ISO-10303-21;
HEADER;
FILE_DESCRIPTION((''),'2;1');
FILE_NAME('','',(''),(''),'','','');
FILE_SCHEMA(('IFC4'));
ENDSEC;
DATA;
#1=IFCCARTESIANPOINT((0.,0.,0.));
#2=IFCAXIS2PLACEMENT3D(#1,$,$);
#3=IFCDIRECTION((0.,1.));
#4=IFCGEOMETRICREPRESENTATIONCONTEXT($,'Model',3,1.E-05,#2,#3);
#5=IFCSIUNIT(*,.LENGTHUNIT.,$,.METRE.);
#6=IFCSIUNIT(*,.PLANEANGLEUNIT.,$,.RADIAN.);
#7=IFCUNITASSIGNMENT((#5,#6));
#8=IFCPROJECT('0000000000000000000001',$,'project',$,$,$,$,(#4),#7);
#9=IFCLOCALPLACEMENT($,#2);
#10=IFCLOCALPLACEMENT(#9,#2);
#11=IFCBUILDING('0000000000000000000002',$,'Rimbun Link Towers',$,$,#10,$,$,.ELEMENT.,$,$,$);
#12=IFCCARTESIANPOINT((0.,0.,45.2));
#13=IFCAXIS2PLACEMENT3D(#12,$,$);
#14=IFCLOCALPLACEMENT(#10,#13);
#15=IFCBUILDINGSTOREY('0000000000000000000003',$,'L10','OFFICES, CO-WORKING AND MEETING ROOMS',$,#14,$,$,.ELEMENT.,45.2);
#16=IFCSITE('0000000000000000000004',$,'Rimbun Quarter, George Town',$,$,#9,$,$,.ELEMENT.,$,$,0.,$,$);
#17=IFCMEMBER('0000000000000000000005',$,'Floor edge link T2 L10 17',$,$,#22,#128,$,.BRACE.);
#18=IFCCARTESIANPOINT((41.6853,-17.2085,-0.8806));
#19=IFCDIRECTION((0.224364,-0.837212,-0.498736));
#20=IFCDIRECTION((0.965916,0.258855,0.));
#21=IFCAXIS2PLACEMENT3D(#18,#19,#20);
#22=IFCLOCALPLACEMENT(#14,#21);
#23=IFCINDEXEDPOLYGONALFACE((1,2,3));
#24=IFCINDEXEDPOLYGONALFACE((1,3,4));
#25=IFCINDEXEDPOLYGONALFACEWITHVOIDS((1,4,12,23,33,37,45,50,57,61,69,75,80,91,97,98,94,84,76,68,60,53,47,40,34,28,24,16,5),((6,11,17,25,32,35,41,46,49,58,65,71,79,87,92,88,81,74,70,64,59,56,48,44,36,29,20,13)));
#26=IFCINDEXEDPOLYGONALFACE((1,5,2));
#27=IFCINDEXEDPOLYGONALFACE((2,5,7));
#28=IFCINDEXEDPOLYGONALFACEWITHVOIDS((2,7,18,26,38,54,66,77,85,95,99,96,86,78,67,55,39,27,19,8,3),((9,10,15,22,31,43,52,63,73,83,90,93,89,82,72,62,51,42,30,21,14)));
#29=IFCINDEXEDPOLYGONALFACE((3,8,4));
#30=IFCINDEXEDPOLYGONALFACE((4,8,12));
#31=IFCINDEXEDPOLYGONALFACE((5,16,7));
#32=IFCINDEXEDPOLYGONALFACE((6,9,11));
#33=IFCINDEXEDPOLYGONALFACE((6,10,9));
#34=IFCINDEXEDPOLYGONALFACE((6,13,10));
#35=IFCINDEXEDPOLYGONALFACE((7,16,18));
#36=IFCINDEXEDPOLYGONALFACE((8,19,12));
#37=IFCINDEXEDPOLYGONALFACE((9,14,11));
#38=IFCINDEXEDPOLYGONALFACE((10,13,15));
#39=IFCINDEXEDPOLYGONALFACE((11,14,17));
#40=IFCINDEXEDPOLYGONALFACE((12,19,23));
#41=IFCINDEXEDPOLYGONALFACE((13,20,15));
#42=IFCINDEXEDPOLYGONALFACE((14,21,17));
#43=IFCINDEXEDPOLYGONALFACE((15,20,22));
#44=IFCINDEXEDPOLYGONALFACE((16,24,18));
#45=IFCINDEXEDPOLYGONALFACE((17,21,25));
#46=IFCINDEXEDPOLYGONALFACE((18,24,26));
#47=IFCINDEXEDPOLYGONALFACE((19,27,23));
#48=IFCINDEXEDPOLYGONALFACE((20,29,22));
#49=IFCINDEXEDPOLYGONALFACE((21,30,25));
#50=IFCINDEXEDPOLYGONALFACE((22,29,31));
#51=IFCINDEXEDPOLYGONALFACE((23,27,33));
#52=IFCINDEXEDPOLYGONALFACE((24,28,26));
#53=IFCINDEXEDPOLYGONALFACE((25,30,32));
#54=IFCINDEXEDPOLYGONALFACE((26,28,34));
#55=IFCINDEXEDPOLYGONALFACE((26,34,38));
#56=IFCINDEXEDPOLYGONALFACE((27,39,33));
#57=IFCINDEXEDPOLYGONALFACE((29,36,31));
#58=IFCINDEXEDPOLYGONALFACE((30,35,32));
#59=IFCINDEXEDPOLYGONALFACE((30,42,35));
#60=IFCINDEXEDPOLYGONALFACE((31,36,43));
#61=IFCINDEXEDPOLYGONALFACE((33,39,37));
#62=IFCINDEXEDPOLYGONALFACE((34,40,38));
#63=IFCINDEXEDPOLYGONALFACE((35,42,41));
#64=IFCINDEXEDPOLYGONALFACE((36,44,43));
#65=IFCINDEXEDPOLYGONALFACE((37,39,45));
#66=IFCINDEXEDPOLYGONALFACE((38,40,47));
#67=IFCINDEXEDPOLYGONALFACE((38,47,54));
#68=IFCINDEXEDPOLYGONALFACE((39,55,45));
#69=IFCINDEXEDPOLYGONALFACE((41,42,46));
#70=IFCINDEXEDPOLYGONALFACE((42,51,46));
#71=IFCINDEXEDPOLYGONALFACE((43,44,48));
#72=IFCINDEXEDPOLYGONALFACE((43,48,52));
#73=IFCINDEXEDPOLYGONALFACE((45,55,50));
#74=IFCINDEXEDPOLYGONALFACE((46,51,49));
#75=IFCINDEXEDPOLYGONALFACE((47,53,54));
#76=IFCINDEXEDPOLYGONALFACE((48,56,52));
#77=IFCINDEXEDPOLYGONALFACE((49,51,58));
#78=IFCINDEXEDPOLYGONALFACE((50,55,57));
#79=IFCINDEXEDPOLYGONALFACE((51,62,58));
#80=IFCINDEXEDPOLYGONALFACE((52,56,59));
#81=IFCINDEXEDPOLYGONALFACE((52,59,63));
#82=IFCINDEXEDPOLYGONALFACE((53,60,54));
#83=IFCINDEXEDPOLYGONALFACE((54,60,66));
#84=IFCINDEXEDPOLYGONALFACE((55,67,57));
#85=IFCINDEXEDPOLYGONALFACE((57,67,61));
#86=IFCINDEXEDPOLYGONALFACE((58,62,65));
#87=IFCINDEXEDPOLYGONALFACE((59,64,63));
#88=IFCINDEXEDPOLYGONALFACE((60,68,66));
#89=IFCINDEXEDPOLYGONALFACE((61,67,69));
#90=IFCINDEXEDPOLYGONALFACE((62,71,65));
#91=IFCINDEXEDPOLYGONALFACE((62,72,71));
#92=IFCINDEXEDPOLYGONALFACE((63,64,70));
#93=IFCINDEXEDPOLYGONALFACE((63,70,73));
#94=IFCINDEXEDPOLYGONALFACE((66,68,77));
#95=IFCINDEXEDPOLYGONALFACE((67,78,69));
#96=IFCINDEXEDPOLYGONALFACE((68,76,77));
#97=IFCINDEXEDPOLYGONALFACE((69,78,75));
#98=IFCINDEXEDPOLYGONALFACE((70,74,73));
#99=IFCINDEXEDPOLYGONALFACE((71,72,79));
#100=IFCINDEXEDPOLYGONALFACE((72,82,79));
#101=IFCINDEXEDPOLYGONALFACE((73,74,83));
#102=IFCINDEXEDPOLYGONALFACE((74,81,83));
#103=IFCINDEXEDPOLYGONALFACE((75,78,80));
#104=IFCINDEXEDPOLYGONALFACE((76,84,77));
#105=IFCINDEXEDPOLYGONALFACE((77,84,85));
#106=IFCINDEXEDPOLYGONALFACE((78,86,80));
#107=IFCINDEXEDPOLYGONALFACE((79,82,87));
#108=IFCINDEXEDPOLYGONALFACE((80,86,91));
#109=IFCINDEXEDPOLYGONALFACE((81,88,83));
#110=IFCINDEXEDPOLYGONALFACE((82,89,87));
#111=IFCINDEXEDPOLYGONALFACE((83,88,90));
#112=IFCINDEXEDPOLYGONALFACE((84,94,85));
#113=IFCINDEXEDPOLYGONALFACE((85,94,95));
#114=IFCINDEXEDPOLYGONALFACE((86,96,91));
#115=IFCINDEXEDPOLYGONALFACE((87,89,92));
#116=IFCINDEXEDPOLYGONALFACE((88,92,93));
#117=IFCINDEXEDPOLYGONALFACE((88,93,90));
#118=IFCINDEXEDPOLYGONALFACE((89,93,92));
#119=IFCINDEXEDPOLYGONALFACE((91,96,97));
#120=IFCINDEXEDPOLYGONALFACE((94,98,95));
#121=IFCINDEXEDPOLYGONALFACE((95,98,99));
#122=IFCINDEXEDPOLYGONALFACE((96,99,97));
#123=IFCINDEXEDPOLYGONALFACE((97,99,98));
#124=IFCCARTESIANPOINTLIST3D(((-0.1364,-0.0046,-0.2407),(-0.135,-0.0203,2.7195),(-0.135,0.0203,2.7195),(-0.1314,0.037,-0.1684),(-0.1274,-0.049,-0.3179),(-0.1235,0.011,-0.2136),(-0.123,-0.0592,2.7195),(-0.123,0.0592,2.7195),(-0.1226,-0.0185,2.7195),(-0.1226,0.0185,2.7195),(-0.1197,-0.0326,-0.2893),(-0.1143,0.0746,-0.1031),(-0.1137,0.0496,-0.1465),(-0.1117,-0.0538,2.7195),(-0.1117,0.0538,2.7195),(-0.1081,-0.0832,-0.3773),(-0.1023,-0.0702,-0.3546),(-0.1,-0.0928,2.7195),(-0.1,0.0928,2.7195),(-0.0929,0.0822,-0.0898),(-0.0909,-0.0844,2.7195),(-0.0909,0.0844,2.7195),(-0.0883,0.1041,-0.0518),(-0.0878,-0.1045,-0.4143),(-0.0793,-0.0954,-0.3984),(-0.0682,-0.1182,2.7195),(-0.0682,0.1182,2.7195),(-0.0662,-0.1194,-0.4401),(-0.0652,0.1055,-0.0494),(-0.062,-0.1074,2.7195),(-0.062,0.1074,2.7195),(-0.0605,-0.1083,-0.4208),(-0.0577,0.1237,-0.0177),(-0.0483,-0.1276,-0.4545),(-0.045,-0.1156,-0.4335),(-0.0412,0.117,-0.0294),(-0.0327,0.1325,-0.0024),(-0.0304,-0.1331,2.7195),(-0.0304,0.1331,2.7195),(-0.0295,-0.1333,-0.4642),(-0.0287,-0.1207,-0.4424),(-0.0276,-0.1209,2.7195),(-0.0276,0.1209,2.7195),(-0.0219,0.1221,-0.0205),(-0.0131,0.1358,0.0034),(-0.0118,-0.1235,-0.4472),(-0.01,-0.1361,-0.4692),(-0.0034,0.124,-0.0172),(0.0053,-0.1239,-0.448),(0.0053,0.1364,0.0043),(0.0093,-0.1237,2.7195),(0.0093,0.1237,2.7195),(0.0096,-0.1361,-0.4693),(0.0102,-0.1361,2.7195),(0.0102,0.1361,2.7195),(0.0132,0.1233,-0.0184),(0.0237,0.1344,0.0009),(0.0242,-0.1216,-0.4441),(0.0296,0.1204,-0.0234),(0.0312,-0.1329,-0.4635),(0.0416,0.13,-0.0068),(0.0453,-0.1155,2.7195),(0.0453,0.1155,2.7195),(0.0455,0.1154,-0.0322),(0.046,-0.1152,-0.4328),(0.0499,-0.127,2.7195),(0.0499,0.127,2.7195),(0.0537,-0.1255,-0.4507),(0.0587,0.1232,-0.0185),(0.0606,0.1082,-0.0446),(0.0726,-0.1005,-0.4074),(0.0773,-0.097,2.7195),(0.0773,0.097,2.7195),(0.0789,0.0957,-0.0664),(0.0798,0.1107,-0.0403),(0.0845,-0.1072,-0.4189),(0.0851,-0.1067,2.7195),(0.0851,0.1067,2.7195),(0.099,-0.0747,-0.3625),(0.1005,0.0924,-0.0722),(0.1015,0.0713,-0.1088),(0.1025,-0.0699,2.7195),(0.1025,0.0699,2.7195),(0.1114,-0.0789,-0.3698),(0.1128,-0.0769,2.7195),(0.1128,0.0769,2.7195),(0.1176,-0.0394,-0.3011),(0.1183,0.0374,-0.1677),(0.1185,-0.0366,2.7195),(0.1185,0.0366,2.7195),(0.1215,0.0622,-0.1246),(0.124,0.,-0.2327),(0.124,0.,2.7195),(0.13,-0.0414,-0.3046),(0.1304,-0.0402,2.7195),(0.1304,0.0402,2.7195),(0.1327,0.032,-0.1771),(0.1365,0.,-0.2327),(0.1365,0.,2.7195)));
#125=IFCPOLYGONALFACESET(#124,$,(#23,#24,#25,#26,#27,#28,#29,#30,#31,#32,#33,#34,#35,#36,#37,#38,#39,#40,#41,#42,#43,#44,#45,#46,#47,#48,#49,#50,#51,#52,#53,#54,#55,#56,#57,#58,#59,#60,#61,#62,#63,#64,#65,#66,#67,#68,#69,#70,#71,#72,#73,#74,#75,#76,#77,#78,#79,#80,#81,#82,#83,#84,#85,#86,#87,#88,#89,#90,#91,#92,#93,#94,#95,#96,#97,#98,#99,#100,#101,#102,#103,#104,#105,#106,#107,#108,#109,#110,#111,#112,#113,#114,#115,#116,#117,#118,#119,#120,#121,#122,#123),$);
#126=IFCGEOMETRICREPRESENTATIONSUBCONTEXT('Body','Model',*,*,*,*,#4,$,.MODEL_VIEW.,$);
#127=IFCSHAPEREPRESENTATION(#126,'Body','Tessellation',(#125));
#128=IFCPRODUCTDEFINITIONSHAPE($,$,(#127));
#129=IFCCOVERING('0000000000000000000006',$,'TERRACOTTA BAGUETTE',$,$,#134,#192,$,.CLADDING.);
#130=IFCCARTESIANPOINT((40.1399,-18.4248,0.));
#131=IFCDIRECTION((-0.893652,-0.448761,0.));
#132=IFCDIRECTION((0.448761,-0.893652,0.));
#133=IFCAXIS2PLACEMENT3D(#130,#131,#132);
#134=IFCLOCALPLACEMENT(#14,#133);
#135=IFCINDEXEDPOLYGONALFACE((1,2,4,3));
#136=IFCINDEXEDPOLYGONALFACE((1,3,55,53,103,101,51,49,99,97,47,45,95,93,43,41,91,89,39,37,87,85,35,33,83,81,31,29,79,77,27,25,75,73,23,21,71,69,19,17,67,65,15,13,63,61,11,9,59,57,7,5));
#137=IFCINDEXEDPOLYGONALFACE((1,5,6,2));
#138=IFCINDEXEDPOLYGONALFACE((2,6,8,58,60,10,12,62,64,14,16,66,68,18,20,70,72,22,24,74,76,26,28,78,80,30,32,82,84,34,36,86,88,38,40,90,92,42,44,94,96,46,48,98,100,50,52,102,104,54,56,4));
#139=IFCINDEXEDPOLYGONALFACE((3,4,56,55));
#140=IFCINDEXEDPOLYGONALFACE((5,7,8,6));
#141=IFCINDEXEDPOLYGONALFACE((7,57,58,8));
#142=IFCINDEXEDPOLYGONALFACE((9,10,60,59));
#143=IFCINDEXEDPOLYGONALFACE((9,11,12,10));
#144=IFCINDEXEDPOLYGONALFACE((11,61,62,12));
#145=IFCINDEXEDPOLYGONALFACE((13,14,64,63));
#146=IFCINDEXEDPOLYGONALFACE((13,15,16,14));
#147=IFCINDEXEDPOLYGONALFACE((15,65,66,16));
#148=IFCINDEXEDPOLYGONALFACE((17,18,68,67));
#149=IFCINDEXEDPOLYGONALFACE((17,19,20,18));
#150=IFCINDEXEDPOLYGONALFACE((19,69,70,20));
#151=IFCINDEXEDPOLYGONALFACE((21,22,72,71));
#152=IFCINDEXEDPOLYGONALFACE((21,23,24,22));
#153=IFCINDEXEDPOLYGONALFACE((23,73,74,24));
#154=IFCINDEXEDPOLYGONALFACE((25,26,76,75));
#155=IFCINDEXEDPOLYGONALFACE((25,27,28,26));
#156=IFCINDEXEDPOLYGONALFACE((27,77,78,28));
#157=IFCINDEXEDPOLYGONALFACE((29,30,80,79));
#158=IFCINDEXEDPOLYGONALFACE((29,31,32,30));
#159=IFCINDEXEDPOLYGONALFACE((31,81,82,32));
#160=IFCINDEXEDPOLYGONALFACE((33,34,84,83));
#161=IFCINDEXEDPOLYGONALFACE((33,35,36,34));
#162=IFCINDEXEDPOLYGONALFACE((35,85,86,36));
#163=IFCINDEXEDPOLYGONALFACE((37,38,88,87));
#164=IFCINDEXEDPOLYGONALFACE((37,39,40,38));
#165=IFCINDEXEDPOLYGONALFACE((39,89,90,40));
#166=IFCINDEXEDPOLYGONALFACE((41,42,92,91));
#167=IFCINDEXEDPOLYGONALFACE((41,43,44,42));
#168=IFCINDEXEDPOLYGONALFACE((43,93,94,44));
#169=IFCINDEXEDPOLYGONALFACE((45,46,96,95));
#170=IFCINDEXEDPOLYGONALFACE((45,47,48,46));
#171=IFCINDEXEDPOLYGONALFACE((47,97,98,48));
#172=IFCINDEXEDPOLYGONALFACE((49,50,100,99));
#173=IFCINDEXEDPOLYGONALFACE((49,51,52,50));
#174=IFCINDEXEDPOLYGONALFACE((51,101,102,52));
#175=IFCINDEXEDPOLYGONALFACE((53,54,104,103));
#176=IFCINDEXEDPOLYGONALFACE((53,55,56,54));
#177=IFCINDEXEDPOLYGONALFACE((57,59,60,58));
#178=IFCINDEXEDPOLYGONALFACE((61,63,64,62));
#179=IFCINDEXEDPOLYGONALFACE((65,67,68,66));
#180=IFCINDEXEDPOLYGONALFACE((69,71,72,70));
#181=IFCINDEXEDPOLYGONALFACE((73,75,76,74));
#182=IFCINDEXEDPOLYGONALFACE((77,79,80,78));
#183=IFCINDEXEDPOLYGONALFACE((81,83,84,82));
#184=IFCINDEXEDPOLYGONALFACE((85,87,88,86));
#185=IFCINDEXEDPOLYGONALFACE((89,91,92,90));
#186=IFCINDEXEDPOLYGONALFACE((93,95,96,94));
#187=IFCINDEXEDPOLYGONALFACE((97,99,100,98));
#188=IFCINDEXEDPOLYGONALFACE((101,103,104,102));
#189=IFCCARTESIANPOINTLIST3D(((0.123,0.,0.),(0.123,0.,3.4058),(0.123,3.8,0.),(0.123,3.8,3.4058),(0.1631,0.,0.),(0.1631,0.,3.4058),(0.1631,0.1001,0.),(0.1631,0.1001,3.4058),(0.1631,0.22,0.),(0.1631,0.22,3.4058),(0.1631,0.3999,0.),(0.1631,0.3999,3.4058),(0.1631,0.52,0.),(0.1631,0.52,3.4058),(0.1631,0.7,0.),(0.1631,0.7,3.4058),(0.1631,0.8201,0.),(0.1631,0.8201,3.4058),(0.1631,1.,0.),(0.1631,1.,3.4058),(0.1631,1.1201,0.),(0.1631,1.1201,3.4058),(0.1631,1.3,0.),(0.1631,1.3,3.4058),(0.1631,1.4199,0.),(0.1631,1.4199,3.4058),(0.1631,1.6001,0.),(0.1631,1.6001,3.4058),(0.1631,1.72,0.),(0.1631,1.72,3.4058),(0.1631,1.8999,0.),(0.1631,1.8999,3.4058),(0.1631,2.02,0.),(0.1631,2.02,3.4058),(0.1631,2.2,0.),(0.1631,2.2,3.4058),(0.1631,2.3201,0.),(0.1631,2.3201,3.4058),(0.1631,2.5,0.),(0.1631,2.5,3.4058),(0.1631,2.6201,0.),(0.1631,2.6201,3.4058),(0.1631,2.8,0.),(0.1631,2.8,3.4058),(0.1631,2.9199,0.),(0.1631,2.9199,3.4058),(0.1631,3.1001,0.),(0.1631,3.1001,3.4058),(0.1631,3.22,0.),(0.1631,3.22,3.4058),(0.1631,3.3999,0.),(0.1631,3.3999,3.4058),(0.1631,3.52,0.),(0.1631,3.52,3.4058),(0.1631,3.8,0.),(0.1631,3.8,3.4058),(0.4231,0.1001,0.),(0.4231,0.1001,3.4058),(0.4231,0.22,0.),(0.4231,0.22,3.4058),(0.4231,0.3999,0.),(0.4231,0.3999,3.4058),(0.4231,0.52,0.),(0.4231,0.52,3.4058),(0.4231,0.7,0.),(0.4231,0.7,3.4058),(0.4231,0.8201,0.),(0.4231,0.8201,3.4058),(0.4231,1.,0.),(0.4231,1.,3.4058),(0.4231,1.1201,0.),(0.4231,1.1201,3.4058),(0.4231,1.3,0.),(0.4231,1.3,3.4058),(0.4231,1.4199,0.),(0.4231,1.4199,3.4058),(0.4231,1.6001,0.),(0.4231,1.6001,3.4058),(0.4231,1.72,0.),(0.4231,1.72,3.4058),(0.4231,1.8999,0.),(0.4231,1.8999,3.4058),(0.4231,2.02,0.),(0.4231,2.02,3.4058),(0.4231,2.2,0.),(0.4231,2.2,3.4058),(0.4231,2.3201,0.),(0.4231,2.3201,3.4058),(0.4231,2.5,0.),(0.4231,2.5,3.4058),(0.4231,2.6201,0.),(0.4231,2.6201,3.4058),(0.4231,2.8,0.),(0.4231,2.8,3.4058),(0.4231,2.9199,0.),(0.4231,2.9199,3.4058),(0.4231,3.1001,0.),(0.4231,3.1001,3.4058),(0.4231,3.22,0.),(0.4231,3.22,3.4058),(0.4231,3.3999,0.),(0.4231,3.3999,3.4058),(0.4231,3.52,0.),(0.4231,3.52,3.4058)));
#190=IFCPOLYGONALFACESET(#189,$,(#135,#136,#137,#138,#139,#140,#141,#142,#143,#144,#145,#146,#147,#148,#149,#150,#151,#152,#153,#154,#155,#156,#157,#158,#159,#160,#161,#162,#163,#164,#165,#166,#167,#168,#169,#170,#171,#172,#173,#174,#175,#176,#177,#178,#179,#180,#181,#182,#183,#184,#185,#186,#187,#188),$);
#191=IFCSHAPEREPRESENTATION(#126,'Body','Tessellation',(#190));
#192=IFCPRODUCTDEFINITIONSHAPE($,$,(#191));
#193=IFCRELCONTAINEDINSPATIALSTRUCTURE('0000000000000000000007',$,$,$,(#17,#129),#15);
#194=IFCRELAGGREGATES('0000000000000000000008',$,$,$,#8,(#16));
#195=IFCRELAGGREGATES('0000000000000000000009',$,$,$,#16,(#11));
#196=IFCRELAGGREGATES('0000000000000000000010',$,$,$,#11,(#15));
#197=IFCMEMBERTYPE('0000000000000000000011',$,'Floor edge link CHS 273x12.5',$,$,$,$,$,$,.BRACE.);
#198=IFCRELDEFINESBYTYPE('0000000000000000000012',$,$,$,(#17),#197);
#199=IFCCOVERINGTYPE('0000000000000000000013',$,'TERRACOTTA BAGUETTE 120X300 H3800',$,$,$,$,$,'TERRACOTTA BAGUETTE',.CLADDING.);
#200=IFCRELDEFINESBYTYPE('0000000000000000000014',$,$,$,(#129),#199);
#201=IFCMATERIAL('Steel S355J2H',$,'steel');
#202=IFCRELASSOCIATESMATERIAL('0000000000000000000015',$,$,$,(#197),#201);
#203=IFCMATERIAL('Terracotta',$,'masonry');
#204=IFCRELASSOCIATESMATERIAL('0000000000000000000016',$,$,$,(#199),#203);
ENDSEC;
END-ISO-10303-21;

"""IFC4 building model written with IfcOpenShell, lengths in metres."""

from ifc_helpers import new_model, si_unit, direction, frame, origin, origin_2d, place, context, subcontext, project, spatial, polyline, hollow_circle, outline, extrude, clip, halfspace, material, material_profile, profile_set, type_object, element, save


model = new_model("IFC4")

# Units and contexts
model_context = context("Model", 3, precision=1e-05, world=origin(), true_north=direction((0.0, 1.0)))
body_context = subcontext(model_context, "Body", "Model", "MODEL_VIEW")
ifc_project = project(units=[si_unit("LENGTHUNIT", "METRE"), si_unit("PLANEANGLEUNIT", "RADIAN")], contexts=[model_context])

# Site, building, storey
site_placement = place(None, origin())
site = spatial("IfcSite", under=ifc_project, at=site_placement, Name="Rimbun Quarter, George Town", CompositionType="ELEMENT", RefElevation=0.0)
building_placement = place(site_placement, origin())
building = spatial("IfcBuilding", under=site, at=building_placement, Name="Rimbun Link Towers", CompositionType="ELEMENT")
storey_placement = place(building_placement, frame((0.0, 0.0, 45.2)))
storey = spatial("IfcBuildingStorey", under=building, at=storey_placement, Name="L10", Description="OFFICES, CO-WORKING AND MEETING ROOMS", CompositionType="ELEMENT", Elevation=45.2)

# Member
ifc_material_1 = material(Name="Steel S355J2H", Category="steel")
ifc_material_profile_1 = material_profile(ifc_material_1, hollow_circle(Radius=0.1365, WallThickness=0.0125, at=origin_2d()), Name="CHS 273x12.5")
ifc_profile_set_1 = profile_set([ifc_material_profile_1], Name="Steel S355J2H")
member_type_1 = type_object("IfcMemberType", Name="Floor edge link CHS 273x12.5", PredefinedType="BRACE", material=ifc_profile_set_1)
member_1_placement = place(storey_placement, frame((41.6853, -17.2085, -0.8806), z_axis=(0.224364, -0.837212, -0.498736), x_axis=(0.965916, 0.258855, 0.0)))
element("IfcMember", 1, at=member_1_placement, inside=storey, type_object=member_type_1, Name="Floor edge link T2 L10 17", PredefinedType="BRACE", context=body_context, shape_type="Clipping", body=[
    clip(extrude(hollow_circle(Radius=0.1365, WallThickness=0.0125, at=origin_2d()), frame((0.0, 0.0, -0.4944)), (0.0, 0.0, 1.0), 3.2139), halfspace(frame((0.0, 0.0, -0.2327), z_axis=(0.0, 0.866754, -0.498736)), False)),
])

# Covering
ifc_material_2 = material(Name="Terracotta", Category="masonry")
ifc_material_profile_2 = material_profile(ifc_material_2, outline(polyline([(0.123, 0.0), (0.1631, 0.0), (0.1631, 0.1001), (0.4231, 0.1001), (0.4231, 0.22), (0.1631, 0.22), (0.1631, 0.3999), (0.4231, 0.3999), (0.4231, 0.52), (0.1631, 0.52), (0.1631, 0.7), (0.4231, 0.7), (0.4231, 0.8201), (0.1631, 0.8201), (0.1631, 1.0), (0.4231, 1.0), (0.4231, 1.1201), (0.1631, 1.1201), (0.1631, 1.3), (0.4231, 1.3), (0.4231, 1.4199), (0.1631, 1.4199), (0.1631, 1.6001), (0.4231, 1.6001), (0.4231, 1.72), (0.1631, 1.72), (0.1631, 1.8999), (0.4231, 1.8999), (0.4231, 2.02), (0.1631, 2.02), (0.1631, 2.2), (0.4231, 2.2), (0.4231, 2.3201), (0.1631, 2.3201), (0.1631, 2.5), (0.4231, 2.5), (0.4231, 2.6201), (0.1631, 2.6201), (0.1631, 2.8), (0.4231, 2.8), (0.4231, 2.9199), (0.1631, 2.9199), (0.1631, 3.1001), (0.4231, 3.1001), (0.4231, 3.22), (0.1631, 3.22), (0.1631, 3.3999), (0.4231, 3.3999), (0.4231, 3.52), (0.1631, 3.52), (0.1631, 3.8), (0.123, 3.8), (0.123, 0.0)])), Name="BAGUETTE 120X300")
ifc_profile_set_2 = profile_set([ifc_material_profile_2], Name="Terracotta")
covering_type = type_object("IfcCoveringType", Name="TERRACOTTA BAGUETTE 120X300 H3800", ElementType="TERRACOTTA BAGUETTE", PredefinedType="CLADDING", material=ifc_profile_set_2)
covering_1_placement = place(storey_placement, frame((40.1399, -18.4248, 0.0), z_axis=(-0.893652, -0.448761, 0.0), x_axis=(0.448761, -0.893652, 0.0)))
element("IfcCovering", 2, at=covering_1_placement, inside=storey, type_object=covering_type, Name="TERRACOTTA BAGUETTE", PredefinedType="CLADDING", context=body_context, shape_type="SweptSolid", body=[
    extrude(outline(polyline([(0.123, 0.0), (0.1631, 0.0), (0.1631, 0.1001), (0.4231, 0.1001), (0.4231, 0.22), (0.1631, 0.22), (0.1631, 0.3999), (0.4231, 0.3999), (0.4231, 0.52), (0.1631, 0.52), (0.1631, 0.7), (0.4231, 0.7), (0.4231, 0.8201), (0.1631, 0.8201), (0.1631, 1.0), (0.4231, 1.0), (0.4231, 1.1201), (0.1631, 1.1201), (0.1631, 1.3), (0.4231, 1.3), (0.4231, 1.4199), (0.1631, 1.4199), (0.1631, 1.6001), (0.4231, 1.6001), (0.4231, 1.72), (0.1631, 1.72), (0.1631, 1.8999), (0.4231, 1.8999), (0.4231, 2.02), (0.1631, 2.02), (0.1631, 2.2), (0.4231, 2.2), (0.4231, 2.3201), (0.1631, 2.3201), (0.1631, 2.5), (0.4231, 2.5), (0.4231, 2.6201), (0.1631, 2.6201), (0.1631, 2.8), (0.4231, 2.8), (0.4231, 2.9199), (0.1631, 2.9199), (0.1631, 3.1001), (0.4231, 3.1001), (0.4231, 3.22), (0.1631, 3.22), (0.1631, 3.3999), (0.4231, 3.3999), (0.4231, 3.52), (0.1631, 3.52), (0.1631, 3.8), (0.123, 3.8), (0.123, 0.0)])), origin(), (0.0, 0.0, 1.0), 3.4058),
])

save(model, "model.ifc")
